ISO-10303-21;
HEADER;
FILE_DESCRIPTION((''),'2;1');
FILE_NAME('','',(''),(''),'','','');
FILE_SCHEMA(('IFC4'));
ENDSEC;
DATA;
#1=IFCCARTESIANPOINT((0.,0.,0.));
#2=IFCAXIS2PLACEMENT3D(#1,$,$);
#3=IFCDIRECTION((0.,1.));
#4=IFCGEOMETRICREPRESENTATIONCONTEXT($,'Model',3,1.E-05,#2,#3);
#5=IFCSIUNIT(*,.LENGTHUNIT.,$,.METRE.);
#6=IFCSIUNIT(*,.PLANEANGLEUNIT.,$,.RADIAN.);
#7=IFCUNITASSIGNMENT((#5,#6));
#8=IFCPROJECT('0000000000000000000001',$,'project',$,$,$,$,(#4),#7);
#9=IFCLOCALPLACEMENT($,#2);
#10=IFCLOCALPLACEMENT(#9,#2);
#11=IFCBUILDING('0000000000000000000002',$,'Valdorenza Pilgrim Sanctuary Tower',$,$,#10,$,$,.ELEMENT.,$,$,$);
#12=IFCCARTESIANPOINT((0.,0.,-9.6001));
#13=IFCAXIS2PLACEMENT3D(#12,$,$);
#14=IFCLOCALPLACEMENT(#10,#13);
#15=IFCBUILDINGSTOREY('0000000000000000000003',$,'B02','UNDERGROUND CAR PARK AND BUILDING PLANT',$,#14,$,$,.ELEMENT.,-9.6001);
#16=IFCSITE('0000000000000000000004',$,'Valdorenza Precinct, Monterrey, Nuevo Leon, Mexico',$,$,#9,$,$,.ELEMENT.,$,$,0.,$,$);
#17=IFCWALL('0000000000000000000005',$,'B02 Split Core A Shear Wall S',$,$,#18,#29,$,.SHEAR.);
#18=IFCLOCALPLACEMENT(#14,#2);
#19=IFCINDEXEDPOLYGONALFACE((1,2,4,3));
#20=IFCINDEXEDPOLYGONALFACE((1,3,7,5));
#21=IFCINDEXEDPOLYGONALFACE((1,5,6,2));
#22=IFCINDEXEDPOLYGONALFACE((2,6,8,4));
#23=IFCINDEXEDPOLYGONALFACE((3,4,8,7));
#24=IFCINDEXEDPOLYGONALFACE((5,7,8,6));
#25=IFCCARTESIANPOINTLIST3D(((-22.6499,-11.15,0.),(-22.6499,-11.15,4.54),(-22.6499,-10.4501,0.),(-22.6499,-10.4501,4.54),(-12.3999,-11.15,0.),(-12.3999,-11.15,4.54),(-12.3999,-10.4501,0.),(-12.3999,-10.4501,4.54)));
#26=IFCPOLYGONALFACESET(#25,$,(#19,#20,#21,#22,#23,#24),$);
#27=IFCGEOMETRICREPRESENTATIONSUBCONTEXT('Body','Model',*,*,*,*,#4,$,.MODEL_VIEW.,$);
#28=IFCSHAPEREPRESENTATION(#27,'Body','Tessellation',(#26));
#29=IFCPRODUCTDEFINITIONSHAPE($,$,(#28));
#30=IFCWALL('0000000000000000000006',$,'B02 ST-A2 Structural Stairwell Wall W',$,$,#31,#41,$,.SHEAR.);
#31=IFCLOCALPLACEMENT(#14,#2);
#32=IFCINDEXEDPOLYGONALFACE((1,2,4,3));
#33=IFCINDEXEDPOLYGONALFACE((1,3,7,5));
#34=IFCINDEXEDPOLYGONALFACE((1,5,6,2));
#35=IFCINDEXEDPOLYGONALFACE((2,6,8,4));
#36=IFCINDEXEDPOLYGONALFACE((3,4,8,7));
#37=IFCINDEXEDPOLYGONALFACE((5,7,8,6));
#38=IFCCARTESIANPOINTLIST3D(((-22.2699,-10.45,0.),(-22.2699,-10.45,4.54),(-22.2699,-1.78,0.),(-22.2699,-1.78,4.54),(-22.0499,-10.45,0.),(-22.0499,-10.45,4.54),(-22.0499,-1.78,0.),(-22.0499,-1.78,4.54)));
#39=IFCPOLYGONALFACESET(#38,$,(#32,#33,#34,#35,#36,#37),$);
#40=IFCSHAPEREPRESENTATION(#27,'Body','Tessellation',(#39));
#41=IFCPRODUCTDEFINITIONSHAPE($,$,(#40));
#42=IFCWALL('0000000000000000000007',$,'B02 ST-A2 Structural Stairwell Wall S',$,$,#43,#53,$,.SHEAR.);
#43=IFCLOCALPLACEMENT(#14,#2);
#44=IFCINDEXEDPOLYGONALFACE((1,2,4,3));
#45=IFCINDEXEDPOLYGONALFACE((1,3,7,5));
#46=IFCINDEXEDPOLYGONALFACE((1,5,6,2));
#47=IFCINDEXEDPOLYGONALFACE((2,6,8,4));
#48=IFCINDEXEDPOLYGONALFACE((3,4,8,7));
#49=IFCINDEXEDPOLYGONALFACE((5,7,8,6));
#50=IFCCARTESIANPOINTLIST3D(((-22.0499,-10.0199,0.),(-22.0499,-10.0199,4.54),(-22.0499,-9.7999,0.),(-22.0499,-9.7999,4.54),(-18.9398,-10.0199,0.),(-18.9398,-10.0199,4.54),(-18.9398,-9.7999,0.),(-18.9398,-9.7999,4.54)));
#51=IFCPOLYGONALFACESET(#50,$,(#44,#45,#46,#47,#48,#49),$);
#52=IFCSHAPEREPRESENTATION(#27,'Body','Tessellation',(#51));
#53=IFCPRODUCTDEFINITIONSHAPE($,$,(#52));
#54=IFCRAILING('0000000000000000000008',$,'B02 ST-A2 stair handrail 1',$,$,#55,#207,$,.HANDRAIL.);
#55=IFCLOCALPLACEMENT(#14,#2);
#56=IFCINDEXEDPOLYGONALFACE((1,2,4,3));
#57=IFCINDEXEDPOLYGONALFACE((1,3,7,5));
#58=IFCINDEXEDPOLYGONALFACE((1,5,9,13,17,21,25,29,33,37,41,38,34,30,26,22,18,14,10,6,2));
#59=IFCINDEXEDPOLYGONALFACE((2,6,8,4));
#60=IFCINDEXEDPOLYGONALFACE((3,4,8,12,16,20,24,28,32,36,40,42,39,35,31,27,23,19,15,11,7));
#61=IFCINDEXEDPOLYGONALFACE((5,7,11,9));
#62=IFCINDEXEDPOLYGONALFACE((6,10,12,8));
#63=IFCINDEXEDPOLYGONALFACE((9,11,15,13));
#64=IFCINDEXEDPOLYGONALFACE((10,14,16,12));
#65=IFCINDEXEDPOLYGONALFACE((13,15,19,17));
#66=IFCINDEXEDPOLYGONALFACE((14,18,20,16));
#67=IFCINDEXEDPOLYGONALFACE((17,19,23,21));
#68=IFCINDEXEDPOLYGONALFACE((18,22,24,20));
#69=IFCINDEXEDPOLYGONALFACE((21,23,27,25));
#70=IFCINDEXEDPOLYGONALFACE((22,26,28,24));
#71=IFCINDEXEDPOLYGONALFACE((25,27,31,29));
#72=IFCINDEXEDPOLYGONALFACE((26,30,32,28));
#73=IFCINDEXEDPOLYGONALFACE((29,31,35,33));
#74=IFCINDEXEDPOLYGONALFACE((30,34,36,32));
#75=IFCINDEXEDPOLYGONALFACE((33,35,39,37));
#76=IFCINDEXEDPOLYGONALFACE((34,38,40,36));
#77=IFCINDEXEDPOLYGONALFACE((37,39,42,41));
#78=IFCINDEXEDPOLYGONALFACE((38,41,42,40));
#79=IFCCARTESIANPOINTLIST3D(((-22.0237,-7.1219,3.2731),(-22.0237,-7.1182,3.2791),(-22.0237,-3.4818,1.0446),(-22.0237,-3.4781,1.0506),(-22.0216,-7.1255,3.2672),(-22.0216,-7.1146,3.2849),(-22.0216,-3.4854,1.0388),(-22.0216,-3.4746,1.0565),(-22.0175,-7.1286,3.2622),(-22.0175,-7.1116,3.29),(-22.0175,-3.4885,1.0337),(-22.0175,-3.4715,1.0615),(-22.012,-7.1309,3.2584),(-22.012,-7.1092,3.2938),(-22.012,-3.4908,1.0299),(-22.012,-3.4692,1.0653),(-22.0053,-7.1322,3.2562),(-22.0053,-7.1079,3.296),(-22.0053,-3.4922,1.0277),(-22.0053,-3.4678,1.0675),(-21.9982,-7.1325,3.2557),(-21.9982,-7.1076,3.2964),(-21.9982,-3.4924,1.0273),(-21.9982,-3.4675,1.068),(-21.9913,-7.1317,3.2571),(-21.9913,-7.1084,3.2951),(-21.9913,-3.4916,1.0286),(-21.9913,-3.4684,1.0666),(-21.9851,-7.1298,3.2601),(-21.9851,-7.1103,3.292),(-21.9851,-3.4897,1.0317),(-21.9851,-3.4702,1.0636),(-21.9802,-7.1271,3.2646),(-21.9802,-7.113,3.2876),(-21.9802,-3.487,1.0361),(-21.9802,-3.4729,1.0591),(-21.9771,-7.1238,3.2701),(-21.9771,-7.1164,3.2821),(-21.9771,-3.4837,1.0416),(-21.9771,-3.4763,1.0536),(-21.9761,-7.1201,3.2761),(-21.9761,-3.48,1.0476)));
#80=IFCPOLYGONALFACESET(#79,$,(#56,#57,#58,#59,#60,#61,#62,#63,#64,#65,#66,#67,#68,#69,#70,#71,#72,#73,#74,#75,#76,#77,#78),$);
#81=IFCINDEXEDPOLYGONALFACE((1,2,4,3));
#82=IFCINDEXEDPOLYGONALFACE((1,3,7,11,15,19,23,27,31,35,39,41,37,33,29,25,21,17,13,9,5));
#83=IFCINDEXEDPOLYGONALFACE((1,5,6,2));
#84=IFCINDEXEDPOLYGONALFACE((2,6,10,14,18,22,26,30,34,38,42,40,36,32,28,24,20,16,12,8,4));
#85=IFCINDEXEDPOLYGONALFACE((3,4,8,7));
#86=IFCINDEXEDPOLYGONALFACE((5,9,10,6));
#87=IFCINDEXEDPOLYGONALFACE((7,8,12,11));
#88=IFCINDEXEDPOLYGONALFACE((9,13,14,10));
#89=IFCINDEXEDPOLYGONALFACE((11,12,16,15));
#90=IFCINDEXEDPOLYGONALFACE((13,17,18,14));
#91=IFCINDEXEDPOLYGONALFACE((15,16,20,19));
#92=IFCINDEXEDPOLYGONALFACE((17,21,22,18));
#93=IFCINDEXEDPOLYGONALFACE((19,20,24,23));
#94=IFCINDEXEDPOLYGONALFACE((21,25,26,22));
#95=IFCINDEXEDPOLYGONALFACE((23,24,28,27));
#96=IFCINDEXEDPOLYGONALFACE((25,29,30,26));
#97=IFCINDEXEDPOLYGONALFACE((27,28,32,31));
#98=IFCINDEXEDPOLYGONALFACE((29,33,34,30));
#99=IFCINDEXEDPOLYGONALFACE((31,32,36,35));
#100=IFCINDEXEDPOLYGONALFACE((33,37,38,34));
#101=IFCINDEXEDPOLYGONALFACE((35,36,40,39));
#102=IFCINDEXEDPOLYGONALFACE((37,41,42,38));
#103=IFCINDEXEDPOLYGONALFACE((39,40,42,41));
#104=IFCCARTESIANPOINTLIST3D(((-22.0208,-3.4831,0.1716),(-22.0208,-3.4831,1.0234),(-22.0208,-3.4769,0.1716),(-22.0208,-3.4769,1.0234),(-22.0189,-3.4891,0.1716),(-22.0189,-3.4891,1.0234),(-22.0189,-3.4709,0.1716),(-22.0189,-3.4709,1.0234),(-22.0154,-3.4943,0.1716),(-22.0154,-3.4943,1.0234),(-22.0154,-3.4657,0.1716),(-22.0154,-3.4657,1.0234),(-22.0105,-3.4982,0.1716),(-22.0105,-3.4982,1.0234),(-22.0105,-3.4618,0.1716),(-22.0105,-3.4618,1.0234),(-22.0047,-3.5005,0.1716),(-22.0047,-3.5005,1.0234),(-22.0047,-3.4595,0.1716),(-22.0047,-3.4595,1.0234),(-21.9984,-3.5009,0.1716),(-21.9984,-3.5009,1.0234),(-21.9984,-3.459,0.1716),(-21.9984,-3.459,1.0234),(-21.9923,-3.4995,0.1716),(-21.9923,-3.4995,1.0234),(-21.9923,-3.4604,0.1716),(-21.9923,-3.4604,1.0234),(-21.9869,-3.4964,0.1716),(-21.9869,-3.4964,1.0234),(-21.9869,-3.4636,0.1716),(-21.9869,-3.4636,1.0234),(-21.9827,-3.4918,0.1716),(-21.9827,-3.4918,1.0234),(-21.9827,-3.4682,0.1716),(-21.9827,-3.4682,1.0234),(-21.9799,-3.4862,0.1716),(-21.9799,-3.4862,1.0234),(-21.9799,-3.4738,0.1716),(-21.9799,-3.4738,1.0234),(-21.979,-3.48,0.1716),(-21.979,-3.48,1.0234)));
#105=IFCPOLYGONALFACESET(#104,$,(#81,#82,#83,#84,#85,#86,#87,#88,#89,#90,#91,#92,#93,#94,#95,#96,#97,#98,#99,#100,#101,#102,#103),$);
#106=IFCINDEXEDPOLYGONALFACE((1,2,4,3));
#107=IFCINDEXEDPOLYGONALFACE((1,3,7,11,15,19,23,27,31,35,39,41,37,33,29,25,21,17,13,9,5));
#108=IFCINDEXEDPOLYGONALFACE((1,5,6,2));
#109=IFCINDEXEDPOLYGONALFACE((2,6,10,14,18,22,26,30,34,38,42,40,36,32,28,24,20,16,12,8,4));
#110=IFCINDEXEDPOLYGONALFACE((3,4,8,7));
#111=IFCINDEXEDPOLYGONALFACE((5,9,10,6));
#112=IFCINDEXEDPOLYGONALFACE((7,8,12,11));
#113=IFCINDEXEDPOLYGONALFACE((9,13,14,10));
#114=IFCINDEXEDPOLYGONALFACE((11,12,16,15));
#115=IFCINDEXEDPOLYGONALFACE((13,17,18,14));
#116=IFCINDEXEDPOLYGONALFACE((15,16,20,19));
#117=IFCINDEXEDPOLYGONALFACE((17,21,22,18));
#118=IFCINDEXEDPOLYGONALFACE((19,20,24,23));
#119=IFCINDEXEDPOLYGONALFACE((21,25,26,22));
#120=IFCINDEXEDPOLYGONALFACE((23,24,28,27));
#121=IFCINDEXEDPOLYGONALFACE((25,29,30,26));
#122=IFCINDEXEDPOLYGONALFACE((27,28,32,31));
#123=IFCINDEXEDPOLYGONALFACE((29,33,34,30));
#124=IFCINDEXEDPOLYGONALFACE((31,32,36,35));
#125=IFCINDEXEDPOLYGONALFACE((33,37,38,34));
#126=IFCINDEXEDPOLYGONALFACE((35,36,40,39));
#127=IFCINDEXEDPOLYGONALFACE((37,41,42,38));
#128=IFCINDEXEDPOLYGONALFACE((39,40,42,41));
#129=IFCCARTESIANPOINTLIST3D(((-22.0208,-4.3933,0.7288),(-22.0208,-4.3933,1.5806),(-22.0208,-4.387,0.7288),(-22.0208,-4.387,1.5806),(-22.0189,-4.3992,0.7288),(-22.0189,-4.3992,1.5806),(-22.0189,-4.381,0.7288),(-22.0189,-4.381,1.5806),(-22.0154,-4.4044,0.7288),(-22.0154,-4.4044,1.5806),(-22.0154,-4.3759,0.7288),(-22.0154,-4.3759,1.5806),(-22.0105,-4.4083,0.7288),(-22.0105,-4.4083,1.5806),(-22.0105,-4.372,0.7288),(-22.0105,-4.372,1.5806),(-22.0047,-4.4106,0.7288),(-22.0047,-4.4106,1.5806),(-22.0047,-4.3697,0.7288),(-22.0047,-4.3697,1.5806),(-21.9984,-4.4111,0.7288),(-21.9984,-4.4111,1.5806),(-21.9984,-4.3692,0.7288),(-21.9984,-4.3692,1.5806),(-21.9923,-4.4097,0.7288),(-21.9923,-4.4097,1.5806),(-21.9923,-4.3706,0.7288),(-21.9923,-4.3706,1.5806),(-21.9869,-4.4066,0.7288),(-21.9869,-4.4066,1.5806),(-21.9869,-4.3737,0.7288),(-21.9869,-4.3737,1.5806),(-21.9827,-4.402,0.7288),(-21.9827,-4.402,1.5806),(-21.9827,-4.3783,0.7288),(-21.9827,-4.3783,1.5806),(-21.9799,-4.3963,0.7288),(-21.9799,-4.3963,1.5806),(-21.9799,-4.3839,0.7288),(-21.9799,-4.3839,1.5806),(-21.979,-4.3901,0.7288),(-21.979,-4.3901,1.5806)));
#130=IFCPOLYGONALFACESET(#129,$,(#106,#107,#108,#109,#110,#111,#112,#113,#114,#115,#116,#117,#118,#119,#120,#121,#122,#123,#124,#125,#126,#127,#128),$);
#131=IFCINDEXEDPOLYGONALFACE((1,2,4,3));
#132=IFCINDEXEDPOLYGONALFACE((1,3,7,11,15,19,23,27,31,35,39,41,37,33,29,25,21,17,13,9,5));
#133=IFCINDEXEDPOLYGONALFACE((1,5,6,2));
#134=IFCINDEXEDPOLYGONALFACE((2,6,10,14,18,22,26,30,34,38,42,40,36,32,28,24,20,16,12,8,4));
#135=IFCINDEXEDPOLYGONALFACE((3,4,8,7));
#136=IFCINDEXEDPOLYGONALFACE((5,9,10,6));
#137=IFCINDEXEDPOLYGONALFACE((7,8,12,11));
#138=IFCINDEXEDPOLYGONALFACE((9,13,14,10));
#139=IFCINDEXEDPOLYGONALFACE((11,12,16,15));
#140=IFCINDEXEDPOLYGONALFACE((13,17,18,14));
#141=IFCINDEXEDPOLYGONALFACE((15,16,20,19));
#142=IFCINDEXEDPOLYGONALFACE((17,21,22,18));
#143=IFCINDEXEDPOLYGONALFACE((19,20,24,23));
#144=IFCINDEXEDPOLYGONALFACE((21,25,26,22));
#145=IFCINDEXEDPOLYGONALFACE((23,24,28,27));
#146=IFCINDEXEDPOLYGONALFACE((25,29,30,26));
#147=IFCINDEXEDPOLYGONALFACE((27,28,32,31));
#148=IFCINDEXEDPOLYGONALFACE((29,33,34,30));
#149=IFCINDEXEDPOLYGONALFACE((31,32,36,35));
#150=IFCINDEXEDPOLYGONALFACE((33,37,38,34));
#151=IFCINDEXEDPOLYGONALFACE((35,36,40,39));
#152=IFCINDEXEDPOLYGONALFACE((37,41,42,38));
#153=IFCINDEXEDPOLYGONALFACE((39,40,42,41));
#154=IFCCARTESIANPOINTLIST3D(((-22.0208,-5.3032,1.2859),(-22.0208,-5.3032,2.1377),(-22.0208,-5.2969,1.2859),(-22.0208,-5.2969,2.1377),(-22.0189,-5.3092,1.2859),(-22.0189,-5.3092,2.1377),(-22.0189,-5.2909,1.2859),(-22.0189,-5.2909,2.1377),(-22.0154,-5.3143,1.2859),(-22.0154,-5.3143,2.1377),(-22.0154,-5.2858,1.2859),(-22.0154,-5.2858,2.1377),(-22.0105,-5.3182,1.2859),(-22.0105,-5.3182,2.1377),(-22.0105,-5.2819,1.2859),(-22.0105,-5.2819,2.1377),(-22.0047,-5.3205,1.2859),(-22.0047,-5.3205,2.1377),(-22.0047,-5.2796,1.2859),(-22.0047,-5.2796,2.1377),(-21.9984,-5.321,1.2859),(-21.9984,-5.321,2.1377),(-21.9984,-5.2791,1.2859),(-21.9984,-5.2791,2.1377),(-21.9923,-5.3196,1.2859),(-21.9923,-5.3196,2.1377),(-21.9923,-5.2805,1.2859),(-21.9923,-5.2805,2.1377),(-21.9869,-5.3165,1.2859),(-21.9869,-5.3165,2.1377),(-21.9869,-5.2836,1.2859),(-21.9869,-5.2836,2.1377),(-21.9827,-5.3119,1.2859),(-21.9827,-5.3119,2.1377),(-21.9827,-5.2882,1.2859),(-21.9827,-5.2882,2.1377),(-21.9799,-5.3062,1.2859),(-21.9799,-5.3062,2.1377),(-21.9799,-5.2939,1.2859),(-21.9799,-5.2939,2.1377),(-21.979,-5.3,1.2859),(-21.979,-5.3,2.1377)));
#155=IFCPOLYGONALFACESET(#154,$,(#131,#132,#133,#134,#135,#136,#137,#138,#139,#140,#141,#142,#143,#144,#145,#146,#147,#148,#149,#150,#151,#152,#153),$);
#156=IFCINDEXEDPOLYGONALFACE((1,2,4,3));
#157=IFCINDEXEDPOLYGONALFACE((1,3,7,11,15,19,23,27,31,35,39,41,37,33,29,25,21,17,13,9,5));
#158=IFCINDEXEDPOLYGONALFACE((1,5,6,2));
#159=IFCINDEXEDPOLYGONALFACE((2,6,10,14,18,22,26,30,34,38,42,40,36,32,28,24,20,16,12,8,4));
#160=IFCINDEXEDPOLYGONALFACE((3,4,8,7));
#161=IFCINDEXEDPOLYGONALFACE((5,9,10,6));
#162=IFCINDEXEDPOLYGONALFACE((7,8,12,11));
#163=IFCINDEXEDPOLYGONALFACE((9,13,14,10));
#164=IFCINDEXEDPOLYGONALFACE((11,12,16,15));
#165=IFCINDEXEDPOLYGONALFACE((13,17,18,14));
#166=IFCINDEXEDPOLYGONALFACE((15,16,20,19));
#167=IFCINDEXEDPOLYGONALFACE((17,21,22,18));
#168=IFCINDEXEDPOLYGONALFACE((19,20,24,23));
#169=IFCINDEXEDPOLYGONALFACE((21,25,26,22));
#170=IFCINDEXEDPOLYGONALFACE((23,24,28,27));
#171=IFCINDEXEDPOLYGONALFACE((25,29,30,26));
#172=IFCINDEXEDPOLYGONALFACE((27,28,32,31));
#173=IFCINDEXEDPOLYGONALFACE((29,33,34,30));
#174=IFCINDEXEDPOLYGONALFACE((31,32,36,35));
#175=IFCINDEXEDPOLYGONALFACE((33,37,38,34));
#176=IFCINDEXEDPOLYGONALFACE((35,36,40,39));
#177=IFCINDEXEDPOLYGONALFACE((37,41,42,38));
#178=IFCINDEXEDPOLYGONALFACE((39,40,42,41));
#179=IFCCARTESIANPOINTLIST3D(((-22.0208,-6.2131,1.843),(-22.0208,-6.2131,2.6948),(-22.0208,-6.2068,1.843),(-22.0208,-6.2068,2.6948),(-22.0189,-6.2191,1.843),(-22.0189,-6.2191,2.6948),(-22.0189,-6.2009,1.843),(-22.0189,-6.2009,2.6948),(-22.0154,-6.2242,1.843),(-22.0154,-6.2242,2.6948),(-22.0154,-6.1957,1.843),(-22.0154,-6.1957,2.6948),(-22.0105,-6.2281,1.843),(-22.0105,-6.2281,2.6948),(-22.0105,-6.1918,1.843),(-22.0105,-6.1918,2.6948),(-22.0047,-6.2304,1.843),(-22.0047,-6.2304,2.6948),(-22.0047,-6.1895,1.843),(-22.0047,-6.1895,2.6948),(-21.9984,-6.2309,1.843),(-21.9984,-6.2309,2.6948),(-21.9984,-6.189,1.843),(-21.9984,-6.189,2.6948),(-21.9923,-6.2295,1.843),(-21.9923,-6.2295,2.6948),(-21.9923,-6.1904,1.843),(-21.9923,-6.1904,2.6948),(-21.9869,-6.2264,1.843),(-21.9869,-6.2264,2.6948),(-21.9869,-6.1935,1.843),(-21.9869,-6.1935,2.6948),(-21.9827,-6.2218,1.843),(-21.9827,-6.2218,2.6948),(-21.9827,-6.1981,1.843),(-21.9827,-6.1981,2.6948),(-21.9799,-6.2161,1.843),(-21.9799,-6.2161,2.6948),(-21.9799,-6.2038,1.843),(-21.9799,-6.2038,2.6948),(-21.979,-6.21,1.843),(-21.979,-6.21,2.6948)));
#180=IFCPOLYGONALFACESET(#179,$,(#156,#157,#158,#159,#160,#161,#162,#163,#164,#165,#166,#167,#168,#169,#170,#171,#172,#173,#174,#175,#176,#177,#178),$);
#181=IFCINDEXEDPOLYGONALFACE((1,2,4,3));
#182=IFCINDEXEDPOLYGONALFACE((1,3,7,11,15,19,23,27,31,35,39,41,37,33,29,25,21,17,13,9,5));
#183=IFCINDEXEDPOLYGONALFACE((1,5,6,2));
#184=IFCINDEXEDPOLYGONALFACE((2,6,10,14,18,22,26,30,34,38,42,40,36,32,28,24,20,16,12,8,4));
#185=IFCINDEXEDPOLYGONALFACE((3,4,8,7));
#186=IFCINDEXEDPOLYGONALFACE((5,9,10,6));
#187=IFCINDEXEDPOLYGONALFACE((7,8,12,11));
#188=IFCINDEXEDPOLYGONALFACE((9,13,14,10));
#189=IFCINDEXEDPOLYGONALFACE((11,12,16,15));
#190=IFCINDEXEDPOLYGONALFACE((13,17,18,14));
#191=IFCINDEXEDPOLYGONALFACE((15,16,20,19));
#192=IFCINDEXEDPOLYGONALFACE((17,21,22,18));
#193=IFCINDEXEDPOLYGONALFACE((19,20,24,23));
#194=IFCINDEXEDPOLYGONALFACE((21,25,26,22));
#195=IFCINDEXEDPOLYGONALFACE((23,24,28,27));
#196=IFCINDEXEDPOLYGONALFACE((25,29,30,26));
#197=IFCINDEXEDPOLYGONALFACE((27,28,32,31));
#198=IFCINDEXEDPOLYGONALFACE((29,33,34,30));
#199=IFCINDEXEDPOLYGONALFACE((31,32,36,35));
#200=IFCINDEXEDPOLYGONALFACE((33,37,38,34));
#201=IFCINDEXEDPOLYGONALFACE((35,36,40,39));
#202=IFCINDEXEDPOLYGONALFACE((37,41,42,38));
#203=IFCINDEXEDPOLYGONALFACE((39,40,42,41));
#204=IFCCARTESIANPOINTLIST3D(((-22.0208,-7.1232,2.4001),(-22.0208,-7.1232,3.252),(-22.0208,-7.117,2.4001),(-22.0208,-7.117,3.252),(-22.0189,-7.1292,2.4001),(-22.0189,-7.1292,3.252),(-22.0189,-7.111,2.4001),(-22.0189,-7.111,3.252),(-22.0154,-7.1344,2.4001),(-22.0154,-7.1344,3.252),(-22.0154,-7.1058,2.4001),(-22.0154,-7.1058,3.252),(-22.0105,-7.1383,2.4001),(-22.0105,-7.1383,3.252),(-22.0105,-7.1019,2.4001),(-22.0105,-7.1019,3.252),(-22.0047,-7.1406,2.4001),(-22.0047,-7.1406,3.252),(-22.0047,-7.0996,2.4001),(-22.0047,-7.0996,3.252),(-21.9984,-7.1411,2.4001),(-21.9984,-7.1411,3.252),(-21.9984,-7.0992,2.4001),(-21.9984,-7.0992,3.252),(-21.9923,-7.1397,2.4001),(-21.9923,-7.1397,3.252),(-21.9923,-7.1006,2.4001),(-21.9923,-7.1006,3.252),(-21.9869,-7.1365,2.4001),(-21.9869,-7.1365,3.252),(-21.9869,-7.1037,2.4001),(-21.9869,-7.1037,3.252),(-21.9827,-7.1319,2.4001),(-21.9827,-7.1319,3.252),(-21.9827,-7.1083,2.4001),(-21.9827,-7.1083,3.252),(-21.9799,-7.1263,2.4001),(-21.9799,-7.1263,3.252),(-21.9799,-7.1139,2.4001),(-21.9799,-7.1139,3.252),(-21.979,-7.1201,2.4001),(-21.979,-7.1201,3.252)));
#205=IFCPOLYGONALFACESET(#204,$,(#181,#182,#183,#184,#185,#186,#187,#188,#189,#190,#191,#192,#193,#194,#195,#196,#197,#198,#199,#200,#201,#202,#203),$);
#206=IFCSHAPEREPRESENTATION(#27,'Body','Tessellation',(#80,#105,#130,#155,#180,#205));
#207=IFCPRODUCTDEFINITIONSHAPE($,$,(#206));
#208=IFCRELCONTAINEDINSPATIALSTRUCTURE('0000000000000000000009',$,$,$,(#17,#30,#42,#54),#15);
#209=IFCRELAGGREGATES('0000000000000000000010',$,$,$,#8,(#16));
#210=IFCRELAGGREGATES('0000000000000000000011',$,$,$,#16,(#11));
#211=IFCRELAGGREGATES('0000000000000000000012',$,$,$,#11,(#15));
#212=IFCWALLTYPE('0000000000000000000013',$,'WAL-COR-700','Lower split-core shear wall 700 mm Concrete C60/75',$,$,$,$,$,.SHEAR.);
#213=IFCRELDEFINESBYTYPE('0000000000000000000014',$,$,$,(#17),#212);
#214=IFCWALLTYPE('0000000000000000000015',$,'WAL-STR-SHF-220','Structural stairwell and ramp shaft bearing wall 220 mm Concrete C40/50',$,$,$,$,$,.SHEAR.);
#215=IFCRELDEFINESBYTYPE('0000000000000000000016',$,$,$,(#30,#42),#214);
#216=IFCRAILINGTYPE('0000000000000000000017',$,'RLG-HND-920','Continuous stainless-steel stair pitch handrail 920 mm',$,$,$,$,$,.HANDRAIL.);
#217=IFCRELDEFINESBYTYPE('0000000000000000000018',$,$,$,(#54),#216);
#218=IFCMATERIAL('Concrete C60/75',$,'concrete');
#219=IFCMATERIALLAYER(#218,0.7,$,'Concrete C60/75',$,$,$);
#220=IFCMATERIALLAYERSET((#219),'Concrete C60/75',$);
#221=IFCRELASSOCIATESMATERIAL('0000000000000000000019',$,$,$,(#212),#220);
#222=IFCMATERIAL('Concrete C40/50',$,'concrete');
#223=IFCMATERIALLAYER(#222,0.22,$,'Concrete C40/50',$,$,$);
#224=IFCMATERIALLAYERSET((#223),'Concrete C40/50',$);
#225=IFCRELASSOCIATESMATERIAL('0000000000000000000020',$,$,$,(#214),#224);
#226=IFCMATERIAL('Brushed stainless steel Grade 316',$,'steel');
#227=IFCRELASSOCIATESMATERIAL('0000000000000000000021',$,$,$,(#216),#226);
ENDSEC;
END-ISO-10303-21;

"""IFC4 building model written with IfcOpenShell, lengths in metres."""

from ifc_helpers import new_model, si_unit, direction, frame, frame_2d, origin, origin_2d, place, context, subcontext, project, spatial, rectangle, circle, extrude, material, layer, layer_set, type_object, element, save


model = new_model("IFC4")

# Units and contexts
model_context = context("Model", 3, precision=1e-05, world=origin(), true_north=direction((0.0, 1.0)))
body_context = subcontext(model_context, "Body", "Model", "MODEL_VIEW")
ifc_project = project(units=[si_unit("LENGTHUNIT", "METRE"), si_unit("PLANEANGLEUNIT", "RADIAN")], contexts=[model_context])

# Site, building, storey
site_placement = place(None, origin())
site = spatial("IfcSite", under=ifc_project, at=site_placement, Name="Valdorenza Precinct, Monterrey, Nuevo Leon, Mexico", CompositionType="ELEMENT", RefElevation=0.0)
building_placement = place(site_placement, origin())
building = spatial("IfcBuilding", under=site, at=building_placement, Name="Valdorenza Pilgrim Sanctuary Tower", CompositionType="ELEMENT")
storey_placement = place(building_placement, frame((0.0, 0.0, -9.6001)))
storey = spatial("IfcBuildingStorey", under=building, at=storey_placement, Name="B02", Description="UNDERGROUND CAR PARK AND BUILDING PLANT", CompositionType="ELEMENT", Elevation=-9.6001)

# Shared definitions
ifc_material_1 = material(Name="Concrete C60/75", Category="concrete")

# Walls
ifc_layer_1 = layer(ifc_material_1, 0.7, Name="Concrete C60/75")
ifc_layer_set_1 = layer_set([ifc_layer_1], Name="Concrete C60/75")
wall_type_1 = type_object("IfcWallType", Name="WAL-COR-700", Description="Lower split-core shear wall 700 mm Concrete C60/75", PredefinedType="SHEAR", material=ifc_layer_set_1)
wall_1_placement = place(storey_placement, frame((-22.6499, -10.8, 0.0), z_axis=(0.0, 0.0, 1.0), x_axis=(1.0, 0.0, 0.0)))
element("IfcWall", 1, at=wall_1_placement, inside=storey, type_object=wall_type_1, Name="B02 Split Core A Shear Wall S", PredefinedType="SHEAR", context=body_context, shape_type="SweptSolid", body=[
    extrude(rectangle(XDim=10.25, YDim=0.7, at=frame_2d((5.125, 0.0))), origin(), (0.0, 0.0, 1.0), 4.54),
])
ifc_material_2 = material(Name="Concrete C40/50", Category="concrete")
ifc_layer_2 = layer(ifc_material_2, 0.22, Name="Concrete C40/50")
ifc_layer_set_2 = layer_set([ifc_layer_2], Name="Concrete C40/50")
wall_type_2 = type_object("IfcWallType", Name="WAL-STR-SHF-220", Description="Structural stairwell and ramp shaft bearing wall 220 mm Concrete C40/50", PredefinedType="SHEAR", material=ifc_layer_set_2)
wall_2_placement = place(storey_placement, frame((-22.1599, -10.45, 0.0), z_axis=(0.0, 0.0, 1.0), x_axis=(0.0, 1.0, 0.0)))
element("IfcWall", 2, at=wall_2_placement, inside=storey, type_object=wall_type_2, Name="B02 ST-A2 Structural Stairwell Wall W", PredefinedType="SHEAR", context=body_context, shape_type="SweptSolid", body=[
    extrude(rectangle(XDim=8.6699, YDim=0.22, at=frame_2d((4.335, 0.0))), origin(), (0.0, 0.0, 1.0), 4.54),
])
wall_3_placement = place(storey_placement, frame((-22.05, -9.9099, 0.0), z_axis=(0.0, 0.0, 1.0), x_axis=(1.0, 0.0, 0.0)))
element("IfcWall", 3, at=wall_3_placement, inside=storey, type_object=wall_type_2, Name="B02 ST-A2 Structural Stairwell Wall S", PredefinedType="SHEAR", context=body_context, shape_type="SweptSolid", body=[
    extrude(rectangle(XDim=3.1101, YDim=0.22, at=frame_2d((1.5552, 0.0))), origin(), (0.0, 0.0, 1.0), 4.54),
])

# Railing
ifc_material_3 = material(Name="Brushed stainless steel Grade 316", Category="steel")
railing_type = type_object("IfcRailingType", Name="RLG-HND-920", Description="Continuous stainless-steel stair pitch handrail 920 mm", PredefinedType="HANDRAIL", material=ifc_material_3)
railing_placement = place(storey_placement, frame((-22.0, -3.48, 0.1716)))
element("IfcRailing", 4, at=railing_placement, inside=storey, type_object=railing_type, Name="B02 ST-A2 stair handrail 1", PredefinedType="HANDRAIL", context=body_context, shape_type="SweptSolid", body=[
    extrude(circle(Radius=0.0239, at=origin_2d()), frame((0.0, 0.0, 0.876), z_axis=(0.0, -0.852866, 0.52213), x_axis=(1.0, 0.0, 0.0)), (0.0, 0.0, 1.0), 4.2681),
    extrude(circle(Radius=0.021, at=origin_2d()), origin(), (0.0, 0.0, 1.0), 0.8518),
    extrude(circle(Radius=0.021, at=origin_2d()), frame((0.0, -0.9102, 0.5571)), (0.0, 0.0, 1.0), 0.8518),
    extrude(circle(Radius=0.021, at=origin_2d()), frame((0.0, -1.8201, 1.1143)), (0.0, 0.0, 1.0), 0.8518),
    extrude(circle(Radius=0.021, at=origin_2d()), frame((0.0, -2.73, 1.6714)), (0.0, 0.0, 1.0), 0.8518),
    extrude(circle(Radius=0.021, at=origin_2d()), frame((0.0, -3.6401, 2.2285)), (0.0, 0.0, 1.0), 0.8518),
])

save(model, "model.ifc")
